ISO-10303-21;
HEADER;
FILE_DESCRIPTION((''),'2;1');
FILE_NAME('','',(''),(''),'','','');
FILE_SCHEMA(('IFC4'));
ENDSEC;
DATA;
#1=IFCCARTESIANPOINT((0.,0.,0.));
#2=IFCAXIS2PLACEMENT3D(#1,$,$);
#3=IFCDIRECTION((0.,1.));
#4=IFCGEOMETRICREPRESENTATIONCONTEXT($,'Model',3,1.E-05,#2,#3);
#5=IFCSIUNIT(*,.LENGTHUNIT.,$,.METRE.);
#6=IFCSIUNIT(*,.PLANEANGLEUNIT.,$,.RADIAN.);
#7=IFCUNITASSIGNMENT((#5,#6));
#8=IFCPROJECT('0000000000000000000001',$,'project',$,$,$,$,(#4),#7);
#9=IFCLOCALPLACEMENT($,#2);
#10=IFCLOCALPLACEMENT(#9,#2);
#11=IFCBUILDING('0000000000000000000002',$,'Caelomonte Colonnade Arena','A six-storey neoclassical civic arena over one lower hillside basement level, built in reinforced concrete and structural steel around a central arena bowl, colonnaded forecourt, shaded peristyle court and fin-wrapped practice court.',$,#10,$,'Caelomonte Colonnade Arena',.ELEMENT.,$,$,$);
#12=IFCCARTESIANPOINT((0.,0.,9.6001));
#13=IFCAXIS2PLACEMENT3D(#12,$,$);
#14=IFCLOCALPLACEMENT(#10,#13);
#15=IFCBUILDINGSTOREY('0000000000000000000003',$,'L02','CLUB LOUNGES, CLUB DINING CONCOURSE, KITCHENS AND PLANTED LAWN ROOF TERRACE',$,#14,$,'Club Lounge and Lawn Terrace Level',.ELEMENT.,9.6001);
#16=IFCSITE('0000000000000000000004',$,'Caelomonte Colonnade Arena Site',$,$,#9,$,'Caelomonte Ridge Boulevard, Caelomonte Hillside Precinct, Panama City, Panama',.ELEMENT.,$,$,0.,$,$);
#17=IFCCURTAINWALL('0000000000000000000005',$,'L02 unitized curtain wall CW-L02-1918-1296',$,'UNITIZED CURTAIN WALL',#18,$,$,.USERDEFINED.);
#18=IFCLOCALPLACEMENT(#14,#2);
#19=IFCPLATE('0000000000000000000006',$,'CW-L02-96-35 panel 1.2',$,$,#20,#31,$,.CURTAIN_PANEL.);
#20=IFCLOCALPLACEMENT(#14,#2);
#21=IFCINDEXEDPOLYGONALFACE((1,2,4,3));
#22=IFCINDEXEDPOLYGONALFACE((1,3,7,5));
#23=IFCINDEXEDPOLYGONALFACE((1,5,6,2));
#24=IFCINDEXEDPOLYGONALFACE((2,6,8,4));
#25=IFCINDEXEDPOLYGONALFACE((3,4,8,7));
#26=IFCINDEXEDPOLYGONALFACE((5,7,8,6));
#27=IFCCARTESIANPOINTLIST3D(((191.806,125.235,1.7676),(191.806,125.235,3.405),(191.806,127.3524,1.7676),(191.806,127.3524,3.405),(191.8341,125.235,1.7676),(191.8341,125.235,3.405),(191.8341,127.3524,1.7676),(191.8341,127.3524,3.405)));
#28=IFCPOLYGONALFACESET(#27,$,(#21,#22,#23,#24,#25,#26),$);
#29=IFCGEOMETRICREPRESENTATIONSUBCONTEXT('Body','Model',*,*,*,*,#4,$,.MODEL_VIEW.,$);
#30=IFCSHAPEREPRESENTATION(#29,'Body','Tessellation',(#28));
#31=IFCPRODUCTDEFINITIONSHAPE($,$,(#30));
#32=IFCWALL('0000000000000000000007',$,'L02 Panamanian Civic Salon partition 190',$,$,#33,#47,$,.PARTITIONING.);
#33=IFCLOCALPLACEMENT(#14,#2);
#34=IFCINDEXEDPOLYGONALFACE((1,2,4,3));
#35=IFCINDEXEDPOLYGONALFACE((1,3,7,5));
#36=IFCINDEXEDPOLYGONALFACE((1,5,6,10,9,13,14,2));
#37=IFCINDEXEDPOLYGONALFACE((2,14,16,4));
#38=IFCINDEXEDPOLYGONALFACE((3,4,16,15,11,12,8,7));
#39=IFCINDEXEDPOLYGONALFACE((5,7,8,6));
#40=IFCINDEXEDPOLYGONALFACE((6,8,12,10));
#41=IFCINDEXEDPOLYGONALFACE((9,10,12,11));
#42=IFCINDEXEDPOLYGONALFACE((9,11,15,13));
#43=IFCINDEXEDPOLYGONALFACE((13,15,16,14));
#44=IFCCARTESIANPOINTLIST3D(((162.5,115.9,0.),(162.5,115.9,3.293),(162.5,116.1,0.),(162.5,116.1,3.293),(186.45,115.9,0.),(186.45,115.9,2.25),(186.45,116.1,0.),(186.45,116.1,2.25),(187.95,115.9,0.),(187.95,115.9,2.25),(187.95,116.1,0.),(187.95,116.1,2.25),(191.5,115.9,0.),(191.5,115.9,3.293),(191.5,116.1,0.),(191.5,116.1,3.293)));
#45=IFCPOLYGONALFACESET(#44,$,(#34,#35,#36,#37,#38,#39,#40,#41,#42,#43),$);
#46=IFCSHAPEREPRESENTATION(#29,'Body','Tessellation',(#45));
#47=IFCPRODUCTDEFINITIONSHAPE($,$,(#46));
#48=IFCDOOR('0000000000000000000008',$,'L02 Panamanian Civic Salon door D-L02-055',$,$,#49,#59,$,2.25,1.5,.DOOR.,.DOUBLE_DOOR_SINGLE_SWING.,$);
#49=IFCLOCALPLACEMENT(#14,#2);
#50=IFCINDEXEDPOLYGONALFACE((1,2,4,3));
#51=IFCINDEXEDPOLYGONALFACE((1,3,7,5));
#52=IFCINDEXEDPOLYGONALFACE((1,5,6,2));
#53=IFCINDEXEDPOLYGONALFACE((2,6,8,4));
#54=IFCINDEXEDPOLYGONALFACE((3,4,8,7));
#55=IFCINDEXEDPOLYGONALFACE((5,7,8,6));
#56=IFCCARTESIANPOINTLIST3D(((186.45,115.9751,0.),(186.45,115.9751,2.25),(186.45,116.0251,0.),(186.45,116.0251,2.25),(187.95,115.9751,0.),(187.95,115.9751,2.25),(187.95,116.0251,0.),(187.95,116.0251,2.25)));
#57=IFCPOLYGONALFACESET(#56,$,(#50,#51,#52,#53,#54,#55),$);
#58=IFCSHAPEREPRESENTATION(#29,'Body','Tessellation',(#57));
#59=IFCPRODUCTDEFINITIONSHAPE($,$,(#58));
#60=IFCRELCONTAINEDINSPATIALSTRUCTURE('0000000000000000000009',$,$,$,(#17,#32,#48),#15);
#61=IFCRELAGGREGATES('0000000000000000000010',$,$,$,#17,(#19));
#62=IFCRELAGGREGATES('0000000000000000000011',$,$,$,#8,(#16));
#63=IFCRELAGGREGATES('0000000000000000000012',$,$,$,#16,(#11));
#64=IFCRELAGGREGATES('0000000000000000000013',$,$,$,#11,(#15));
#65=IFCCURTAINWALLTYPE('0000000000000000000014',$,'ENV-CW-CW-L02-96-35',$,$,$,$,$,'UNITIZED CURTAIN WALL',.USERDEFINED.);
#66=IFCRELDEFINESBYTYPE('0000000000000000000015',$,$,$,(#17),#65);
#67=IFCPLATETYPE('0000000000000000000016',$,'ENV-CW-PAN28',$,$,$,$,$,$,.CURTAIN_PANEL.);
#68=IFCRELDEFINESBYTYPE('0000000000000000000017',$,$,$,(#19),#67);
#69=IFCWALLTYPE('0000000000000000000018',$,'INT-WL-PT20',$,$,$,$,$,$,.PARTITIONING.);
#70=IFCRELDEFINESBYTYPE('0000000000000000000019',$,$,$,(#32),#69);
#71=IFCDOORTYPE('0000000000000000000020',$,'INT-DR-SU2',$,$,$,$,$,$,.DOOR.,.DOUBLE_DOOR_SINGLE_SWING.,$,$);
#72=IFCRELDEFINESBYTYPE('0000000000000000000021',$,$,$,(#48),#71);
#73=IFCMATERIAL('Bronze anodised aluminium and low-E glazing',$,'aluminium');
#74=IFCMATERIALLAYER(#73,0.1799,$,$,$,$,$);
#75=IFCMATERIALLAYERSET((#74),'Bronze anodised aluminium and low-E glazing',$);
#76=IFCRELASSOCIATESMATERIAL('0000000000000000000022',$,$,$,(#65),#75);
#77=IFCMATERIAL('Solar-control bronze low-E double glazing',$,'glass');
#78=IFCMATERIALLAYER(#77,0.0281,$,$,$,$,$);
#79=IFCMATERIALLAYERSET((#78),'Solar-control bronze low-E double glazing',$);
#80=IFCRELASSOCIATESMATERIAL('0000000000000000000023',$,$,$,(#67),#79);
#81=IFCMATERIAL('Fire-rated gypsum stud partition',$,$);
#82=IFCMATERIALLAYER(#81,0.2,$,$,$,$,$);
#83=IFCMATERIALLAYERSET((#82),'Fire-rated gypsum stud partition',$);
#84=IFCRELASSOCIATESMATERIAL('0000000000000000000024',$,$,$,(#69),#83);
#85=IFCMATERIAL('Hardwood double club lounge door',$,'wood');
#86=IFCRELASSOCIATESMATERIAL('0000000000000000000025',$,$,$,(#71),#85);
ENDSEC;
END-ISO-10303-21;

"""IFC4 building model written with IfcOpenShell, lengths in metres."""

from ifc_helpers import new_model, si_unit, direction, frame, frame_2d, origin, origin_2d, place, context, subcontext, project, spatial, rectangle, extrude, material, layer, layer_set, type_object, element, fill, aggregate, save


model = new_model("IFC4")

# Units and contexts
model_context = context("Model", 3, precision=1e-05, world=origin(), true_north=direction((0.0, 1.0)))
body_context = subcontext(model_context, "Body", "Model", "MODEL_VIEW")
ifc_project = project(units=[si_unit("LENGTHUNIT", "METRE"), si_unit("PLANEANGLEUNIT", "RADIAN")], contexts=[model_context])

# Site, building, storey
site_placement = place(None, origin())
site = spatial("IfcSite", under=ifc_project, at=site_placement, Name="Caelomonte Colonnade Arena Site", LongName="Caelomonte Ridge Boulevard, Caelomonte Hillside Precinct, Panama City, Panama", CompositionType="ELEMENT", RefElevation=0.0)
building_placement = place(site_placement, origin())
building = spatial("IfcBuilding", under=site, at=building_placement, Name="Caelomonte Colonnade Arena", Description="A six-storey neoclassical civic arena over one lower hillside basement level, built in reinforced concrete and structural steel around a central arena bowl, colonnaded forecourt, shaded peristyle court and fin-wrapped practice court.", LongName="Caelomonte Colonnade Arena", CompositionType="ELEMENT")
storey_placement = place(building_placement, frame((0.0, 0.0, 9.6001)))
storey = spatial("IfcBuildingStorey", under=building, at=storey_placement, Name="L02", Description="CLUB LOUNGES, CLUB DINING CONCOURSE, KITCHENS AND PLANTED LAWN ROOF TERRACE", LongName="Club Lounge and Lawn Terrace Level", CompositionType="ELEMENT", Elevation=9.6001)

# Curtain wall
ifc_material_1 = material(Name="Bronze anodised aluminium and low-E glazing", Category="aluminium")
ifc_layer_1 = layer(ifc_material_1, 0.1799)
ifc_layer_set_1 = layer_set([ifc_layer_1], Name="Bronze anodised aluminium and low-E glazing")
curtain_wall_type = type_object("IfcCurtainWallType", Name="ENV-CW-CW-L02-96-35", ElementType="UNITIZED CURTAIN WALL", PredefinedType="USERDEFINED", material=ifc_layer_set_1)
curtain_wall_placement = place(storey_placement, origin())
curtain_wall = element("IfcCurtainWall", 1, at=curtain_wall_placement, inside=storey, type_object=curtain_wall_type, Name="L02 unitized curtain wall CW-L02-1918-1296", ObjectType="UNITIZED CURTAIN WALL", PredefinedType="USERDEFINED")

# Plate
ifc_material_2 = material(Name="Solar-control bronze low-E double glazing", Category="glass")
ifc_layer_2 = layer(ifc_material_2, 0.0281)
ifc_layer_set_2 = layer_set([ifc_layer_2], Name="Solar-control bronze low-E double glazing")
plate_type = type_object("IfcPlateType", Name="ENV-CW-PAN28", PredefinedType="CURTAIN_PANEL", material=ifc_layer_set_2)
plate_1_placement = place(storey_placement, frame((191.8201, 126.2937, 1.7676), z_axis=(0.0, 0.0, 1.0), x_axis=(0.0, 1.0, 0.0)))
plate_1 = element("IfcPlate", 2, at=plate_1_placement, type_object=plate_type, Name="CW-L02-96-35 panel 1.2", PredefinedType="CURTAIN_PANEL", context=body_context, shape_type="SweptSolid", body=[
    extrude(rectangle(XDim=2.1174, YDim=0.0281, at=origin_2d()), origin(), (0.0, 0.0, 1.0), 1.6375),
])
aggregate(curtain_wall, [plate_1])

# Wall, opening, door
ifc_material_3 = material(Name="Fire-rated gypsum stud partition")
ifc_layer_3 = layer(ifc_material_3, 0.2)
ifc_layer_set_3 = layer_set([ifc_layer_3], Name="Fire-rated gypsum stud partition")
wall_type = type_object("IfcWallType", Name="INT-WL-PT20", PredefinedType="PARTITIONING", material=ifc_layer_set_3)
wall_placement = place(storey_placement, frame((191.5, 116.0, 0.0), z_axis=(0.0, 0.0, 1.0), x_axis=(-1.0, 0.0, 0.0)))
wall = element("IfcWall", 3, at=wall_placement, inside=storey, type_object=wall_type, Name="L02 Panamanian Civic Salon partition 190", PredefinedType="PARTITIONING", context=body_context, shape_type="SweptSolid", body=[
    extrude(rectangle(XDim=29.0, YDim=0.2, at=frame_2d((14.5, 0.0))), origin(), (0.0, 0.0, 1.0), 3.293),
])
opening_placement = place(wall_placement, frame((3.55, 0.0, 0.0), z_axis=(0.0, 0.0, 1.0), x_axis=(1.0, 0.0, 0.0)))
opening = element("IfcOpeningElement", 4, at=opening_placement, cuts=wall, PredefinedType="OPENING", context=body_context, shape_type="SweptSolid", body=[
    extrude(rectangle(XDim=1.5, YDim=2.25, at=frame_2d((0.75, 1.125))), frame((0.0, 0.1099, 0.0), z_axis=(0.0, -1.0, 0.0), x_axis=(1.0, 0.0, 0.0)), (0.0, 0.0, 1.0), 0.22),
])
ifc_material_4 = material(Name="Hardwood double club lounge door", Category="wood")
door_type = type_object("IfcDoorType", Name="INT-DR-SU2", OperationType="DOUBLE_DOOR_SINGLE_SWING", PredefinedType="DOOR", material=ifc_material_4)
door_placement = place(opening_placement, origin())
door = element("IfcDoor", 5, at=door_placement, inside=storey, type_object=door_type, Name="L02 Panamanian Civic Salon door D-L02-055", OperationType="DOUBLE_DOOR_SINGLE_SWING", OverallHeight=2.25, OverallWidth=1.5, PredefinedType="DOOR", context=body_context, shape_type="SweptSolid", body=[
    extrude(rectangle(XDim=1.5, YDim=2.25, at=frame_2d((0.75, 1.125))), frame((0.0, 0.0249, 0.0), z_axis=(0.0, -1.0, 0.0), x_axis=(1.0, 0.0, 0.0)), (0.0, 0.0, 1.0), 0.05),
])
fill(opening, door)

save(model, "model.ifc")
